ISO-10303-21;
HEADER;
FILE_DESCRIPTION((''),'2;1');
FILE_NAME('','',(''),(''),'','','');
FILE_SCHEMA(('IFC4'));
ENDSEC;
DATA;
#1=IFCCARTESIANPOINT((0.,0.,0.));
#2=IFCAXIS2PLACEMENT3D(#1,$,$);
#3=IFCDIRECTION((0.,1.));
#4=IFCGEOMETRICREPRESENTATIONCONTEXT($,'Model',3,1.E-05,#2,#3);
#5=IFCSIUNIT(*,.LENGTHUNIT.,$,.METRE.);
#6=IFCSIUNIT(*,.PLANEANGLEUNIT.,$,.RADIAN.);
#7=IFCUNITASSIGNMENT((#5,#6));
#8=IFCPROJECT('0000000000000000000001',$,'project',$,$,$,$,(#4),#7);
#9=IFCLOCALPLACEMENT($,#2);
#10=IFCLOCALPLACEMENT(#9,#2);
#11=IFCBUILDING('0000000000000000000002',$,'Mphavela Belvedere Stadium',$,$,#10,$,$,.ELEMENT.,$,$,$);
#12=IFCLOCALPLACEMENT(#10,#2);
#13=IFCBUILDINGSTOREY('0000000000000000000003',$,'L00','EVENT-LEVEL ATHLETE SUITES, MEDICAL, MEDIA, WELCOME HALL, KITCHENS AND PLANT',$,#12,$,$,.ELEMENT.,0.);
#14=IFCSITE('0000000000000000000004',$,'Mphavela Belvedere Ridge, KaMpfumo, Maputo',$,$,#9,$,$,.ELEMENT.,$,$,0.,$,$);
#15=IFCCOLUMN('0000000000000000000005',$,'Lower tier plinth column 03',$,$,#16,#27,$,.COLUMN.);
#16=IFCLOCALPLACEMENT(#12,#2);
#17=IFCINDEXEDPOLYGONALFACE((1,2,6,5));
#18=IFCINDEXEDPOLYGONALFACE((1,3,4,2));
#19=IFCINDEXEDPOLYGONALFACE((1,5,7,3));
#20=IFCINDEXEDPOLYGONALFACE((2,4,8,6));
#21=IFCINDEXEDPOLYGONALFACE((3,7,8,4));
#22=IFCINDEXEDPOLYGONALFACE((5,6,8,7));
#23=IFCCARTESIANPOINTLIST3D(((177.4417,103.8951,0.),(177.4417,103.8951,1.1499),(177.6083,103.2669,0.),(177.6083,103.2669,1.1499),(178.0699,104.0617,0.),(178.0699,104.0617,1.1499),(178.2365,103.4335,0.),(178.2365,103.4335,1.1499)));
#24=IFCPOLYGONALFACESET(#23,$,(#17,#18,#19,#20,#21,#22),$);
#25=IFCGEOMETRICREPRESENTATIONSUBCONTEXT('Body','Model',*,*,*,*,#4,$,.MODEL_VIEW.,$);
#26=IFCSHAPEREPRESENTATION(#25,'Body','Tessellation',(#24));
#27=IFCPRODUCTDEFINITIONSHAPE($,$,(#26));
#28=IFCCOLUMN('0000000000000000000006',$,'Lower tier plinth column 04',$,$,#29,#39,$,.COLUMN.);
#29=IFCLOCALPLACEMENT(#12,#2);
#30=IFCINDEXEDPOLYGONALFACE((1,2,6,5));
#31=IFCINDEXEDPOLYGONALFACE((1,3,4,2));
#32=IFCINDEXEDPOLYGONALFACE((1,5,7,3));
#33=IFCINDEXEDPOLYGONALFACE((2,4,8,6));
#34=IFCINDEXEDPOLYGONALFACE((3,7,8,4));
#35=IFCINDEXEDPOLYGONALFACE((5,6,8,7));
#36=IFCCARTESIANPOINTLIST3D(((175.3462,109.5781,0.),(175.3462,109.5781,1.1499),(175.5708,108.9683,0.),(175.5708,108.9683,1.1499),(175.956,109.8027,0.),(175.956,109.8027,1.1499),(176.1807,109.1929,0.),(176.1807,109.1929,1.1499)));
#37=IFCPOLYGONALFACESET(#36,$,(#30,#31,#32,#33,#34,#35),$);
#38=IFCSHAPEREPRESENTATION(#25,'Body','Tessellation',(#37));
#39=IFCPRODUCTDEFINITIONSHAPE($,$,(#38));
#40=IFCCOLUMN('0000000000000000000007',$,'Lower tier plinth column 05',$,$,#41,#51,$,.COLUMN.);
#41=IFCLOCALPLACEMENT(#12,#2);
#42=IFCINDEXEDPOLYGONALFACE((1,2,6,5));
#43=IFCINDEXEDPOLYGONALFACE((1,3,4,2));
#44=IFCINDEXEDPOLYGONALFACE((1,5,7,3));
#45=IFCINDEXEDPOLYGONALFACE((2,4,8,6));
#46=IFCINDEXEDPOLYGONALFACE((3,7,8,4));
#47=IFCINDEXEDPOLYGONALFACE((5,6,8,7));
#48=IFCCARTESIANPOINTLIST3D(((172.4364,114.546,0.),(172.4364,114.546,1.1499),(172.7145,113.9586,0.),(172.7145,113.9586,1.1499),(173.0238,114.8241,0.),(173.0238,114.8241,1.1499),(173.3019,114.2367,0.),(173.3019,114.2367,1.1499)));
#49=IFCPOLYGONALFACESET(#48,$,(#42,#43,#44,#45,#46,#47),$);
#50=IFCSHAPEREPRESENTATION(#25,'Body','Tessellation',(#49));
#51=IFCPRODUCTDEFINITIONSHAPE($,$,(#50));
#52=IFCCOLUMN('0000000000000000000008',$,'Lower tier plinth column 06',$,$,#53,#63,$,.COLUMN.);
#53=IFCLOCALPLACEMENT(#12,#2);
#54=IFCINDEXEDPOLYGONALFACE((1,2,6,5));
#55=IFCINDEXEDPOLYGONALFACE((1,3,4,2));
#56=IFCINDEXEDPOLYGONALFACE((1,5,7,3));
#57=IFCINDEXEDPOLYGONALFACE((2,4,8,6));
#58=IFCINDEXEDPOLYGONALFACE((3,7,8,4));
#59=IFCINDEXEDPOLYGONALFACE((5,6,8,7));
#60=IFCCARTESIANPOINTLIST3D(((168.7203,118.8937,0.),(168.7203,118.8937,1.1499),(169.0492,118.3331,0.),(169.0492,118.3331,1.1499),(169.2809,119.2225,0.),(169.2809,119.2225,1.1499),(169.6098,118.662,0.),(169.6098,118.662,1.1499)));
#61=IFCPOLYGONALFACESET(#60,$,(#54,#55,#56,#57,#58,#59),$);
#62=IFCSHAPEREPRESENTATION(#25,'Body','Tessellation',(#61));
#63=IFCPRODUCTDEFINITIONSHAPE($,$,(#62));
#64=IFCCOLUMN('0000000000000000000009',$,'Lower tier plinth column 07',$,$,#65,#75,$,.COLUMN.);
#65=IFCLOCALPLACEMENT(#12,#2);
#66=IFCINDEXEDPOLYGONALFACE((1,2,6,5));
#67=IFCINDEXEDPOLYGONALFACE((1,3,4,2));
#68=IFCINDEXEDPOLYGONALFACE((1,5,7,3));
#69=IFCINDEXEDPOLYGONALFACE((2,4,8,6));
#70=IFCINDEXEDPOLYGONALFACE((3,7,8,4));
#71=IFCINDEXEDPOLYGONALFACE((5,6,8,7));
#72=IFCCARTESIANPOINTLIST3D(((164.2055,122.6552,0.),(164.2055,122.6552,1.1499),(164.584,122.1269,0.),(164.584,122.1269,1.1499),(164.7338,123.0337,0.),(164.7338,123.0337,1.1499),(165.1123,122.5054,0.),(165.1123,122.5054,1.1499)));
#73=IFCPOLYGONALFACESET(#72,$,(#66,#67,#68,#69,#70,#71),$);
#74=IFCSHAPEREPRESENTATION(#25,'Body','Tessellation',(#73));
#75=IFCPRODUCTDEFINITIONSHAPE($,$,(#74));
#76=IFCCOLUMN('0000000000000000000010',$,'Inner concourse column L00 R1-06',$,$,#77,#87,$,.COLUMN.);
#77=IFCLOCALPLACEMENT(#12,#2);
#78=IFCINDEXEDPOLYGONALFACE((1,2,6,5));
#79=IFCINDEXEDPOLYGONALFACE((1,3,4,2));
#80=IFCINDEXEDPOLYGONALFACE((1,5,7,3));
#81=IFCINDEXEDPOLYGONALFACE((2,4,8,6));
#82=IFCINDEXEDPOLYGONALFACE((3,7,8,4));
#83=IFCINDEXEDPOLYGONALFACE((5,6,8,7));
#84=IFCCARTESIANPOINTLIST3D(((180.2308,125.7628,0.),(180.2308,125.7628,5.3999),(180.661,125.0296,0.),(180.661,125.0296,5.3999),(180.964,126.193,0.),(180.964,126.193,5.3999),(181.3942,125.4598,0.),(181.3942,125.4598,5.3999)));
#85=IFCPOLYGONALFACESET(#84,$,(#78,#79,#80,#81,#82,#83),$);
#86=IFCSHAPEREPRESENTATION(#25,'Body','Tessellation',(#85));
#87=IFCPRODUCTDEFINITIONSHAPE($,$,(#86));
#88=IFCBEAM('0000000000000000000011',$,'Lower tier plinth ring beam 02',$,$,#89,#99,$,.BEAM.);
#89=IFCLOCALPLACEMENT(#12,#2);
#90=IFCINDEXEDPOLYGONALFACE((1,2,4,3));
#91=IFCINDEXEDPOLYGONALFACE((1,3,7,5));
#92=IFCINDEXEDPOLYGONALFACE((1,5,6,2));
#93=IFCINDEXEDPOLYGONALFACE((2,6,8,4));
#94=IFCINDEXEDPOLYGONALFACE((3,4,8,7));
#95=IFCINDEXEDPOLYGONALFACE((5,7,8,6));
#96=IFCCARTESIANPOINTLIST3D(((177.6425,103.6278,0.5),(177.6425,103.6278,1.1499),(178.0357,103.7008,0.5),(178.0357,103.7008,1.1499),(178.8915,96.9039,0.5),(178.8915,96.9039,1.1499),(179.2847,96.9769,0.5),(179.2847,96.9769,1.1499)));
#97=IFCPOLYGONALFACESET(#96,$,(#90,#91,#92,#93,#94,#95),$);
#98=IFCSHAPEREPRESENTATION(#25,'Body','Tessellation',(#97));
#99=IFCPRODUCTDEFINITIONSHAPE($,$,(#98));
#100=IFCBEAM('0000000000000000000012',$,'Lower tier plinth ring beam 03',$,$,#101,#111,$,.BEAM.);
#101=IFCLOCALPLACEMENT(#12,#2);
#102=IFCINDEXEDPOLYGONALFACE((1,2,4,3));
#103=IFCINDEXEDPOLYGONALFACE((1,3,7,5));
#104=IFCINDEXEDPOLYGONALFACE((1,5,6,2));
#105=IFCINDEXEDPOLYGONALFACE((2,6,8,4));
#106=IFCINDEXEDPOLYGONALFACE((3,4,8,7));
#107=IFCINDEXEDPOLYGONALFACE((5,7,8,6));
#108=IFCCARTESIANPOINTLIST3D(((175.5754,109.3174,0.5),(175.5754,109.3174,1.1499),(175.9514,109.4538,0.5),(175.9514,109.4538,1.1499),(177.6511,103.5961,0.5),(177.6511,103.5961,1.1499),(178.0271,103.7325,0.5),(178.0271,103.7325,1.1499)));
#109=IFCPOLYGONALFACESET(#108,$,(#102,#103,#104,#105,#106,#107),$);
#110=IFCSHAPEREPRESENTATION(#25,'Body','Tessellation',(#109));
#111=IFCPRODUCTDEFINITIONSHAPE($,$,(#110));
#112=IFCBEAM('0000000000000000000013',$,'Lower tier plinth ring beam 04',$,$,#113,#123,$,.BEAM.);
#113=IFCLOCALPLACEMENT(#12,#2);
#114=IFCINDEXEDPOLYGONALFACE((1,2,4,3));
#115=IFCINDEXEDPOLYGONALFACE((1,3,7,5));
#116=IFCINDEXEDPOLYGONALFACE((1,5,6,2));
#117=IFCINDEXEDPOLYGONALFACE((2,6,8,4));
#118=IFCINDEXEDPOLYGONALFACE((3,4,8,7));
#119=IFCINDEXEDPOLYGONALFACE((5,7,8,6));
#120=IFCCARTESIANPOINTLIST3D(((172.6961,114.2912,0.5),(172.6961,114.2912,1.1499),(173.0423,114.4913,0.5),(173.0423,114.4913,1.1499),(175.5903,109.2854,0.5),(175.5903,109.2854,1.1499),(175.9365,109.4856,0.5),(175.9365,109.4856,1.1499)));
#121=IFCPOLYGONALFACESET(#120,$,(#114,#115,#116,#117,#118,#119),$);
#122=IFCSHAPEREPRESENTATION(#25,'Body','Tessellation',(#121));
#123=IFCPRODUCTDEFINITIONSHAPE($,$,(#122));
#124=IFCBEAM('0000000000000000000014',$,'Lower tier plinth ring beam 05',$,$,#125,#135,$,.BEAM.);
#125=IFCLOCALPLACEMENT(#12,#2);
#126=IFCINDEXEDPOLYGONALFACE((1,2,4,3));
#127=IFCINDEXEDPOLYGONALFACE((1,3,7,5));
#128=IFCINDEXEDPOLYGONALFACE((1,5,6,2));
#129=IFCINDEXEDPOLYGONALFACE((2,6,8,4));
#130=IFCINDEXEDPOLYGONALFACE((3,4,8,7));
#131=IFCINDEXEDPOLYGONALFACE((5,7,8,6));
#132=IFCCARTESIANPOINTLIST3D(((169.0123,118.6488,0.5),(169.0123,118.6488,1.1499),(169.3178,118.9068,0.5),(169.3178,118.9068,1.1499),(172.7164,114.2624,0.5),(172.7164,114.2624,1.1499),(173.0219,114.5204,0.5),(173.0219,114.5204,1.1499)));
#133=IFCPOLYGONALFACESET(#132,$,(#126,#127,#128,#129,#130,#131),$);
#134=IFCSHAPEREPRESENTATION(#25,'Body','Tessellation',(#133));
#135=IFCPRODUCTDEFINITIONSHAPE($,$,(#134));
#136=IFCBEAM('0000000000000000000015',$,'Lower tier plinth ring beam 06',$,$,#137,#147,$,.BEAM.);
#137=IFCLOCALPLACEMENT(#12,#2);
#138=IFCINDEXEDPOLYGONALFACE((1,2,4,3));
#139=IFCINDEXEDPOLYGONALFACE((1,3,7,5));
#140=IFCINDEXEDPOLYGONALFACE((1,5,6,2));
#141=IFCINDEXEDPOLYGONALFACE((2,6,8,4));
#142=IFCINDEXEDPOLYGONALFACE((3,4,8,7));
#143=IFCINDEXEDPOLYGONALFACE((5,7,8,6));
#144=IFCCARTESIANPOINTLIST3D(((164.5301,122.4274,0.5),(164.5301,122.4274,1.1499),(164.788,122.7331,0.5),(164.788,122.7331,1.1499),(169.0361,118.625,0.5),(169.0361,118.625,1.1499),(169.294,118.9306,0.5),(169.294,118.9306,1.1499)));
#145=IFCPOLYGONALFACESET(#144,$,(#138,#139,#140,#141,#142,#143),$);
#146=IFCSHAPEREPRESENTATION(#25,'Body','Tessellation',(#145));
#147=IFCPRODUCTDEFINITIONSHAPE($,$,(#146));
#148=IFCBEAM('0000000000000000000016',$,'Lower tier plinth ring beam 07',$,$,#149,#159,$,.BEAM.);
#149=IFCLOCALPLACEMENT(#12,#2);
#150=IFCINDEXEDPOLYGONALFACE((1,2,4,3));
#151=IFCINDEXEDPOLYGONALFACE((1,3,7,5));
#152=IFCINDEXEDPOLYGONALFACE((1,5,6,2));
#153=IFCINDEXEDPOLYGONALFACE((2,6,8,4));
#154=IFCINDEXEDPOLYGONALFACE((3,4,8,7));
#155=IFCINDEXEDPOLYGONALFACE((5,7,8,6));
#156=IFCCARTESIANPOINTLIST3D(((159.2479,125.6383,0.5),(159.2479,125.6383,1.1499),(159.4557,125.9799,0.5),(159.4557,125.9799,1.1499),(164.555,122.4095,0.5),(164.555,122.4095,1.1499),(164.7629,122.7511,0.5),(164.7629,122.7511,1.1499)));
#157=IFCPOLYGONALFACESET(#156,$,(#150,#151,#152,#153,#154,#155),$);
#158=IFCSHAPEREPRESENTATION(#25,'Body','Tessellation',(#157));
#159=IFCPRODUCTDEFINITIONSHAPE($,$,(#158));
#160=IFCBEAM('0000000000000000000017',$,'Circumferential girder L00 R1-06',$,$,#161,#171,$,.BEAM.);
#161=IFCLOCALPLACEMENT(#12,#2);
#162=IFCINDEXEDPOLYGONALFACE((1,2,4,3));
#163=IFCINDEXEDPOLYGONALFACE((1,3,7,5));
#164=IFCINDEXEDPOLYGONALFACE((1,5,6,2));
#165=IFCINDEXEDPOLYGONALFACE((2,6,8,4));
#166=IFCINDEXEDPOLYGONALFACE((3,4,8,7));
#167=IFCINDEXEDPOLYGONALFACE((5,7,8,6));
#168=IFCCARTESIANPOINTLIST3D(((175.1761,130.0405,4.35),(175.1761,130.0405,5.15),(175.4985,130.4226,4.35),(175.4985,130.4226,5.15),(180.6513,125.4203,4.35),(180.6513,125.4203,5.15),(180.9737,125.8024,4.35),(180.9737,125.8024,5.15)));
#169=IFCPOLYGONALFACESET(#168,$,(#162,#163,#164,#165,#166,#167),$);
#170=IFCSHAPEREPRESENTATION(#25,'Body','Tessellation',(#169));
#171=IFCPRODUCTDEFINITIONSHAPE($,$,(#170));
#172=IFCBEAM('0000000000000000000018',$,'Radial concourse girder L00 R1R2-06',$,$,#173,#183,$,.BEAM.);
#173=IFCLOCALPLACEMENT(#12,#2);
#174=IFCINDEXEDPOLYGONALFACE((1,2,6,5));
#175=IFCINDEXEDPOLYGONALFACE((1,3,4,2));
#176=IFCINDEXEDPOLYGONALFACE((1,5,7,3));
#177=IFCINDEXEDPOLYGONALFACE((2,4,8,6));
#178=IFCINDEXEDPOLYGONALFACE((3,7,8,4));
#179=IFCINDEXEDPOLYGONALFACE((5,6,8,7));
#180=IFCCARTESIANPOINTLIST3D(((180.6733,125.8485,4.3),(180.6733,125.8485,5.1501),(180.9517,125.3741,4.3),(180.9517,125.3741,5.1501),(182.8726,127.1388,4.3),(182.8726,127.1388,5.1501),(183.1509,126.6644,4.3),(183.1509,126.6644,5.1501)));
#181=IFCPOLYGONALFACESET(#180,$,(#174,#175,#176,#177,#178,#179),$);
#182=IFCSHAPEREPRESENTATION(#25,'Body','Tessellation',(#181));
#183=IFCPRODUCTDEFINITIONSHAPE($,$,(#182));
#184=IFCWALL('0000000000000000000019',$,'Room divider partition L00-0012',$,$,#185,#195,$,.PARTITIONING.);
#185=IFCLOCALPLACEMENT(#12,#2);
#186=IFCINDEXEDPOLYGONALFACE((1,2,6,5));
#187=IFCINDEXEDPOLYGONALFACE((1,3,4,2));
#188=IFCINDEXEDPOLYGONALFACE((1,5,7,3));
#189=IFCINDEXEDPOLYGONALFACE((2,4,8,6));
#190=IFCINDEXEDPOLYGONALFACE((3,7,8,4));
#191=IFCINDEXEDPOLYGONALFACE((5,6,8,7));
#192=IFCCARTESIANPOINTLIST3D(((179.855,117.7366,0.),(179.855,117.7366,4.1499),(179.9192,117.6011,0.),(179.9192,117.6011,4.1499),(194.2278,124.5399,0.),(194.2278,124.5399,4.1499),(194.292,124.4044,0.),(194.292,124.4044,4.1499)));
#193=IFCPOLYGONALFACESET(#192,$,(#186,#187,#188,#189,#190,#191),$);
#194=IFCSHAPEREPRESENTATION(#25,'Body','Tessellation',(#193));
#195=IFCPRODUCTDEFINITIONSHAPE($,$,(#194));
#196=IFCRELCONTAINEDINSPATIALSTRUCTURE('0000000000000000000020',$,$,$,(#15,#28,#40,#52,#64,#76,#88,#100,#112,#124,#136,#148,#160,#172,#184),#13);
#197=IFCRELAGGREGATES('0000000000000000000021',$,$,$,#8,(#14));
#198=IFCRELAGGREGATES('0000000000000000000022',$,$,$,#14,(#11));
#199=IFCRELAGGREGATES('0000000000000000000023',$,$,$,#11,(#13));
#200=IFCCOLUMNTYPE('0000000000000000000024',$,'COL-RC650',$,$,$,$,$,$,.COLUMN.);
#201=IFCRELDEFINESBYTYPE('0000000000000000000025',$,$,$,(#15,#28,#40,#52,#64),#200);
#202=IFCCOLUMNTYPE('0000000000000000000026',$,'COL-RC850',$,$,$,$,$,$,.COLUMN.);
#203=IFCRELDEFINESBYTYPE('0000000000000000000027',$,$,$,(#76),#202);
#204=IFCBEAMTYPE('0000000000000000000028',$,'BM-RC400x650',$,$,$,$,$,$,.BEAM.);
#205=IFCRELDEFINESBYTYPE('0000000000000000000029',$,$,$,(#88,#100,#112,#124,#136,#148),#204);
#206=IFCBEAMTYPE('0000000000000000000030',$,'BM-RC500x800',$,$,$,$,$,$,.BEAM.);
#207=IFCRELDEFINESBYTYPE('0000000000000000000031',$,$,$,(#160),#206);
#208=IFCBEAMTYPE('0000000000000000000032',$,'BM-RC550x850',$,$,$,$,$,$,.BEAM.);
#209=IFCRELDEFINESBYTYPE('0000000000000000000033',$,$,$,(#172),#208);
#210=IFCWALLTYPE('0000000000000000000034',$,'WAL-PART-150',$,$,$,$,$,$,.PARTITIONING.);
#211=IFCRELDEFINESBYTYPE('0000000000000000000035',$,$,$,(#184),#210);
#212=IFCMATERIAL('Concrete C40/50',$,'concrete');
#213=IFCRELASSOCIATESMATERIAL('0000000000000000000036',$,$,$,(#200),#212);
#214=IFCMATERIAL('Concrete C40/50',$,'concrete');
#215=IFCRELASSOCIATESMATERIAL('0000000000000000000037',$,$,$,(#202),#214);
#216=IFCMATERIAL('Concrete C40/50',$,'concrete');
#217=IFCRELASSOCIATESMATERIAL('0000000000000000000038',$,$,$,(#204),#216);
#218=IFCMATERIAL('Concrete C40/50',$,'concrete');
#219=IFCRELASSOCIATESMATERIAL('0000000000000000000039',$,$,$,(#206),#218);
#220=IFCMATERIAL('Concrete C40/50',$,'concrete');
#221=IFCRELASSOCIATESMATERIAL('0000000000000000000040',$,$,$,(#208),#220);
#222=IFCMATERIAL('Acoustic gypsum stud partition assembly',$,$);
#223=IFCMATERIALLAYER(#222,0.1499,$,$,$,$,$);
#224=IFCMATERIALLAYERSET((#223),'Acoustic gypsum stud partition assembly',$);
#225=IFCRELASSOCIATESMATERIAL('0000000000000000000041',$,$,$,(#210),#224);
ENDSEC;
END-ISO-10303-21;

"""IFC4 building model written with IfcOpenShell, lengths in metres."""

from ifc_helpers import new_model, si_unit, direction, frame, frame_2d, origin, origin_2d, place, context, subcontext, project, spatial, rectangle, extrude, material, layer, layer_set, material_profile, profile_set, type_object, element, save


model = new_model("IFC4")

# Units and contexts
model_context = context("Model", 3, precision=1e-05, world=origin(), true_north=direction((0.0, 1.0)))
body_context = subcontext(model_context, "Body", "Model", "MODEL_VIEW")
ifc_project = project(units=[si_unit("LENGTHUNIT", "METRE"), si_unit("PLANEANGLEUNIT", "RADIAN")], contexts=[model_context])

# Site, building, storey
site_placement = place(None, origin())
site = spatial("IfcSite", under=ifc_project, at=site_placement, Name="Mphavela Belvedere Ridge, KaMpfumo, Maputo", CompositionType="ELEMENT", RefElevation=0.0)
building_placement = place(site_placement, origin())
building = spatial("IfcBuilding", under=site, at=building_placement, Name="Mphavela Belvedere Stadium", CompositionType="ELEMENT")
storey_placement = place(building_placement, origin())
storey = spatial("IfcBuildingStorey", under=building, at=storey_placement, Name="L00", Description="EVENT-LEVEL ATHLETE SUITES, MEDICAL, MEDIA, WELCOME HALL, KITCHENS AND PLANT", CompositionType="ELEMENT", Elevation=0.0)

# Columns
ifc_material_1 = material(Name="Concrete C40/50", Category="concrete")
ifc_material_profile_1 = material_profile(ifc_material_1, rectangle(XDim=0.6499, YDim=0.6499, at=origin_2d()), Name="RC 650x650")
ifc_profile_set_1 = profile_set([ifc_material_profile_1], Name="Concrete C40/50")
column_type_1 = type_object("IfcColumnType", Name="COL-RC650", PredefinedType="COLUMN", material=ifc_profile_set_1)
for number, where, z_axis, x_axis, name in (
    (1, (177.8391, 103.6643, 0.0), (0.0, 0.0, 1.0), (0.9666, 0.256289, 0.0), "Lower tier plinth column 03"),
    (2, (175.7634, 109.3855, 0.0), (0.0, 0.0, 1.0), (0.938372, 0.345626, 0.0), "Lower tier plinth column 04"),
    (3, (172.8691, 114.3914, 0.0), (0.0, 0.0, 1.0), (0.903859, 0.427831, 0.0), "Lower tier plinth column 05"),
    (4, (169.165, 118.7778, 0.0), (0.0, 0.0, 1.0), (0.862514, 0.506034, 0.0), "Lower tier plinth column 06"),
    (5, (164.6589, 122.5803, 0.0), (0.0, 0.0, 1.0), (0.812898, 0.582407, 0.0), "Lower tier plinth column 07"),
):
    element("IfcColumn", number, at=place(storey_placement, frame(where, z_axis=z_axis, x_axis=x_axis)), inside=storey, type_object=column_type_1, Name=name, PredefinedType="COLUMN", context=body_context, shape_type="SweptSolid", body=[
        extrude(rectangle(XDim=0.6499, YDim=0.6499, at=origin_2d()), origin(), (0.0, 0.0, 1.0), 1.1499),
    ])
ifc_material_2 = material(Name="Concrete C40/50", Category="concrete")
ifc_material_profile_2 = material_profile(ifc_material_2, rectangle(XDim=0.8501, YDim=0.8501, at=origin_2d()), Name="RC 850x850")
ifc_profile_set_2 = profile_set([ifc_material_profile_2], Name="Concrete C40/50")
column_type_2 = type_object("IfcColumnType", Name="COL-RC850", PredefinedType="COLUMN", material=ifc_profile_set_2)
column_placement = place(storey_placement, frame((180.8125, 125.6113, 0.0), z_axis=(0.0, 0.0, 1.0), x_axis=(0.862514, 0.506034, 0.0)))
element("IfcColumn", 6, at=column_placement, inside=storey, type_object=column_type_2, Name="Inner concourse column L00 R1-06", PredefinedType="COLUMN", context=body_context, shape_type="SweptSolid", body=[
    extrude(rectangle(XDim=0.8501, YDim=0.8501, at=origin_2d()), origin(), (0.0, 0.0, 1.0), 5.3999),
])

# Beams
ifc_material_3 = material(Name="Concrete C40/50", Category="concrete")
ifc_material_profile_3 = material_profile(ifc_material_3, rectangle(XDim=0.3999, YDim=0.6499, at=origin_2d()), Name="RC 400x650")
ifc_profile_set_3 = profile_set([ifc_material_profile_3], Name="Concrete C40/50")
beam_type_1 = type_object("IfcBeamType", Name="BM-RC400x650", PredefinedType="BEAM", material=ifc_profile_set_3)
beam_1_placement = place(storey_placement, frame((179.0881, 96.9404, 0.825), z_axis=(-0.182635, 0.983181, 0.0), x_axis=(-0.983181, -0.182635, 0.0)))
element("IfcBeam", 7, at=beam_1_placement, inside=storey, type_object=beam_type_1, Name="Lower tier plinth ring beam 02", PredefinedType="BEAM", context=body_context, shape_type="SweptSolid", body=[
    extrude(rectangle(XDim=0.3999, YDim=0.6499, at=origin_2d()), origin(), (0.0, 0.0, 1.0), 6.8389),
])
beam_2_placement = place(storey_placement, frame((177.8391, 103.6643, 0.825), z_axis=(-0.341054, 0.940044, 0.0), x_axis=(-0.940044, -0.341054, 0.0)))
element("IfcBeam", 8, at=beam_2_placement, inside=storey, type_object=beam_type_1, Name="Lower tier plinth ring beam 03", PredefinedType="BEAM", context=body_context, shape_type="SweptSolid", body=[
    extrude(rectangle(XDim=0.3999, YDim=0.6499, at=origin_2d()), origin(), (0.0, 0.0, 1.0), 6.0862),
])
beam_3_placement = place(storey_placement, frame((175.7634, 109.3855, 0.825), z_axis=(-0.500539, 0.865714, 0.0), x_axis=(-0.865714, -0.500539, 0.0)))
element("IfcBeam", 9, at=beam_3_placement, inside=storey, type_object=beam_type_1, Name="Lower tier plinth ring beam 04", PredefinedType="BEAM", context=body_context, shape_type="SweptSolid", body=[
    extrude(rectangle(XDim=0.3999, YDim=0.6499, at=origin_2d()), origin(), (0.0, 0.0, 1.0), 5.7822),
])
beam_4_placement = place(storey_placement, frame((172.8691, 114.3914, 0.825), z_axis=(-0.645178, 0.764033, 0.0), x_axis=(-0.764033, -0.645178, 0.0)))
element("IfcBeam", 10, at=beam_4_placement, inside=storey, type_object=beam_type_1, Name="Lower tier plinth ring beam 05", PredefinedType="BEAM", context=body_context, shape_type="SweptSolid", body=[
    extrude(rectangle(XDim=0.3999, YDim=0.6499, at=origin_2d()), origin(), (0.0, 0.0, 1.0), 5.7412),
])
beam_5_placement = place(storey_placement, frame((169.165, 118.7778, 0.825), z_axis=(-0.764253, 0.644917, 0.0), x_axis=(-0.644917, -0.764253, 0.0)))
element("IfcBeam", 11, at=beam_5_placement, inside=storey, type_object=beam_type_1, Name="Lower tier plinth ring beam 06", PredefinedType="BEAM", context=body_context, shape_type="SweptSolid", body=[
    extrude(rectangle(XDim=0.3999, YDim=0.6499, at=origin_2d()), origin(), (0.0, 0.0, 1.0), 5.896),
])
beam_6_placement = place(storey_placement, frame((164.6589, 122.5803, 0.825), z_axis=(-0.854318, 0.519751, 0.0), x_axis=(-0.519751, -0.854318, 0.0)))
element("IfcBeam", 12, at=beam_6_placement, inside=storey, type_object=beam_type_1, Name="Lower tier plinth ring beam 07", PredefinedType="BEAM", context=body_context, shape_type="SweptSolid", body=[
    extrude(rectangle(XDim=0.3999, YDim=0.6499, at=origin_2d()), origin(), (0.0, 0.0, 1.0), 6.2122),
])
ifc_material_4 = material(Name="Concrete C40/50", Category="concrete")
ifc_material_profile_4 = material_profile(ifc_material_4, rectangle(XDim=0.5, YDim=0.8, at=origin_2d()), Name="RC 500x800")
ifc_profile_set_4 = profile_set([ifc_material_profile_4], Name="Concrete C40/50")
beam_type_2 = type_object("IfcBeamType", Name="BM-RC500x800", PredefinedType="BEAM", material=ifc_profile_set_4)
beam_7_placement = place(storey_placement, frame((180.8125, 125.6113, 4.75), z_axis=(-0.764257, 0.644912, 0.0), x_axis=(-0.644912, -0.764257, 0.0)))
element("IfcBeam", 13, at=beam_7_placement, inside=storey, type_object=beam_type_2, Name="Circumferential girder L00 R1-06", PredefinedType="BEAM", context=body_context, shape_type="SweptSolid", body=[
    extrude(rectangle(XDim=0.5, YDim=0.8, at=origin_2d()), origin(), (0.0, 0.0, 1.0), 7.1641),
])
ifc_material_5 = material(Name="Concrete C40/50", Category="concrete")
ifc_material_profile_5 = material_profile(ifc_material_5, rectangle(XDim=0.55, YDim=0.8501, at=origin_2d()), Name="RC 550x850")
ifc_profile_set_5 = profile_set([ifc_material_profile_5], Name="Concrete C40/50")
beam_type_3 = type_object("IfcBeamType", Name="BM-RC550x850", PredefinedType="BEAM", material=ifc_profile_set_5)
beam_8_placement = place(storey_placement, frame((180.8125, 125.6113, 4.7251), z_axis=(0.862512, 0.506036, 0.0), x_axis=(-0.506036, 0.862512, 0.0)))
element("IfcBeam", 14, at=beam_8_placement, inside=storey, type_object=beam_type_3, Name="Radial concourse girder L00 R1R2-06", PredefinedType="BEAM", context=body_context, shape_type="SweptSolid", body=[
    extrude(rectangle(XDim=0.55, YDim=0.8501, at=origin_2d()), origin(), (0.0, 0.0, 1.0), 2.5498),
])

# Wall
ifc_material_6 = material(Name="Acoustic gypsum stud partition assembly")
ifc_layer = layer(ifc_material_6, 0.1499)
ifc_layer_set = layer_set([ifc_layer], Name="Acoustic gypsum stud partition assembly")
wall_type = type_object("IfcWallType", Name="WAL-PART-150", PredefinedType="PARTITIONING", material=ifc_layer_set)
wall_1_placement = place(storey_placement, frame((179.8872, 117.6689, 0.0), z_axis=(0.0, 0.0, 1.0), x_axis=(0.903858, 0.427832, 0.0)))
element("IfcWall", 15, at=wall_1_placement, inside=storey, type_object=wall_type, Name="Room divider partition L00-0012", PredefinedType="PARTITIONING", context=body_context, shape_type="SweptSolid", body=[
    extrude(rectangle(XDim=15.9016, YDim=0.1499, at=frame_2d((7.9507, 0.0))), origin(), (0.0, 0.0, 1.0), 4.1499),
])

save(model, "model.ifc")
